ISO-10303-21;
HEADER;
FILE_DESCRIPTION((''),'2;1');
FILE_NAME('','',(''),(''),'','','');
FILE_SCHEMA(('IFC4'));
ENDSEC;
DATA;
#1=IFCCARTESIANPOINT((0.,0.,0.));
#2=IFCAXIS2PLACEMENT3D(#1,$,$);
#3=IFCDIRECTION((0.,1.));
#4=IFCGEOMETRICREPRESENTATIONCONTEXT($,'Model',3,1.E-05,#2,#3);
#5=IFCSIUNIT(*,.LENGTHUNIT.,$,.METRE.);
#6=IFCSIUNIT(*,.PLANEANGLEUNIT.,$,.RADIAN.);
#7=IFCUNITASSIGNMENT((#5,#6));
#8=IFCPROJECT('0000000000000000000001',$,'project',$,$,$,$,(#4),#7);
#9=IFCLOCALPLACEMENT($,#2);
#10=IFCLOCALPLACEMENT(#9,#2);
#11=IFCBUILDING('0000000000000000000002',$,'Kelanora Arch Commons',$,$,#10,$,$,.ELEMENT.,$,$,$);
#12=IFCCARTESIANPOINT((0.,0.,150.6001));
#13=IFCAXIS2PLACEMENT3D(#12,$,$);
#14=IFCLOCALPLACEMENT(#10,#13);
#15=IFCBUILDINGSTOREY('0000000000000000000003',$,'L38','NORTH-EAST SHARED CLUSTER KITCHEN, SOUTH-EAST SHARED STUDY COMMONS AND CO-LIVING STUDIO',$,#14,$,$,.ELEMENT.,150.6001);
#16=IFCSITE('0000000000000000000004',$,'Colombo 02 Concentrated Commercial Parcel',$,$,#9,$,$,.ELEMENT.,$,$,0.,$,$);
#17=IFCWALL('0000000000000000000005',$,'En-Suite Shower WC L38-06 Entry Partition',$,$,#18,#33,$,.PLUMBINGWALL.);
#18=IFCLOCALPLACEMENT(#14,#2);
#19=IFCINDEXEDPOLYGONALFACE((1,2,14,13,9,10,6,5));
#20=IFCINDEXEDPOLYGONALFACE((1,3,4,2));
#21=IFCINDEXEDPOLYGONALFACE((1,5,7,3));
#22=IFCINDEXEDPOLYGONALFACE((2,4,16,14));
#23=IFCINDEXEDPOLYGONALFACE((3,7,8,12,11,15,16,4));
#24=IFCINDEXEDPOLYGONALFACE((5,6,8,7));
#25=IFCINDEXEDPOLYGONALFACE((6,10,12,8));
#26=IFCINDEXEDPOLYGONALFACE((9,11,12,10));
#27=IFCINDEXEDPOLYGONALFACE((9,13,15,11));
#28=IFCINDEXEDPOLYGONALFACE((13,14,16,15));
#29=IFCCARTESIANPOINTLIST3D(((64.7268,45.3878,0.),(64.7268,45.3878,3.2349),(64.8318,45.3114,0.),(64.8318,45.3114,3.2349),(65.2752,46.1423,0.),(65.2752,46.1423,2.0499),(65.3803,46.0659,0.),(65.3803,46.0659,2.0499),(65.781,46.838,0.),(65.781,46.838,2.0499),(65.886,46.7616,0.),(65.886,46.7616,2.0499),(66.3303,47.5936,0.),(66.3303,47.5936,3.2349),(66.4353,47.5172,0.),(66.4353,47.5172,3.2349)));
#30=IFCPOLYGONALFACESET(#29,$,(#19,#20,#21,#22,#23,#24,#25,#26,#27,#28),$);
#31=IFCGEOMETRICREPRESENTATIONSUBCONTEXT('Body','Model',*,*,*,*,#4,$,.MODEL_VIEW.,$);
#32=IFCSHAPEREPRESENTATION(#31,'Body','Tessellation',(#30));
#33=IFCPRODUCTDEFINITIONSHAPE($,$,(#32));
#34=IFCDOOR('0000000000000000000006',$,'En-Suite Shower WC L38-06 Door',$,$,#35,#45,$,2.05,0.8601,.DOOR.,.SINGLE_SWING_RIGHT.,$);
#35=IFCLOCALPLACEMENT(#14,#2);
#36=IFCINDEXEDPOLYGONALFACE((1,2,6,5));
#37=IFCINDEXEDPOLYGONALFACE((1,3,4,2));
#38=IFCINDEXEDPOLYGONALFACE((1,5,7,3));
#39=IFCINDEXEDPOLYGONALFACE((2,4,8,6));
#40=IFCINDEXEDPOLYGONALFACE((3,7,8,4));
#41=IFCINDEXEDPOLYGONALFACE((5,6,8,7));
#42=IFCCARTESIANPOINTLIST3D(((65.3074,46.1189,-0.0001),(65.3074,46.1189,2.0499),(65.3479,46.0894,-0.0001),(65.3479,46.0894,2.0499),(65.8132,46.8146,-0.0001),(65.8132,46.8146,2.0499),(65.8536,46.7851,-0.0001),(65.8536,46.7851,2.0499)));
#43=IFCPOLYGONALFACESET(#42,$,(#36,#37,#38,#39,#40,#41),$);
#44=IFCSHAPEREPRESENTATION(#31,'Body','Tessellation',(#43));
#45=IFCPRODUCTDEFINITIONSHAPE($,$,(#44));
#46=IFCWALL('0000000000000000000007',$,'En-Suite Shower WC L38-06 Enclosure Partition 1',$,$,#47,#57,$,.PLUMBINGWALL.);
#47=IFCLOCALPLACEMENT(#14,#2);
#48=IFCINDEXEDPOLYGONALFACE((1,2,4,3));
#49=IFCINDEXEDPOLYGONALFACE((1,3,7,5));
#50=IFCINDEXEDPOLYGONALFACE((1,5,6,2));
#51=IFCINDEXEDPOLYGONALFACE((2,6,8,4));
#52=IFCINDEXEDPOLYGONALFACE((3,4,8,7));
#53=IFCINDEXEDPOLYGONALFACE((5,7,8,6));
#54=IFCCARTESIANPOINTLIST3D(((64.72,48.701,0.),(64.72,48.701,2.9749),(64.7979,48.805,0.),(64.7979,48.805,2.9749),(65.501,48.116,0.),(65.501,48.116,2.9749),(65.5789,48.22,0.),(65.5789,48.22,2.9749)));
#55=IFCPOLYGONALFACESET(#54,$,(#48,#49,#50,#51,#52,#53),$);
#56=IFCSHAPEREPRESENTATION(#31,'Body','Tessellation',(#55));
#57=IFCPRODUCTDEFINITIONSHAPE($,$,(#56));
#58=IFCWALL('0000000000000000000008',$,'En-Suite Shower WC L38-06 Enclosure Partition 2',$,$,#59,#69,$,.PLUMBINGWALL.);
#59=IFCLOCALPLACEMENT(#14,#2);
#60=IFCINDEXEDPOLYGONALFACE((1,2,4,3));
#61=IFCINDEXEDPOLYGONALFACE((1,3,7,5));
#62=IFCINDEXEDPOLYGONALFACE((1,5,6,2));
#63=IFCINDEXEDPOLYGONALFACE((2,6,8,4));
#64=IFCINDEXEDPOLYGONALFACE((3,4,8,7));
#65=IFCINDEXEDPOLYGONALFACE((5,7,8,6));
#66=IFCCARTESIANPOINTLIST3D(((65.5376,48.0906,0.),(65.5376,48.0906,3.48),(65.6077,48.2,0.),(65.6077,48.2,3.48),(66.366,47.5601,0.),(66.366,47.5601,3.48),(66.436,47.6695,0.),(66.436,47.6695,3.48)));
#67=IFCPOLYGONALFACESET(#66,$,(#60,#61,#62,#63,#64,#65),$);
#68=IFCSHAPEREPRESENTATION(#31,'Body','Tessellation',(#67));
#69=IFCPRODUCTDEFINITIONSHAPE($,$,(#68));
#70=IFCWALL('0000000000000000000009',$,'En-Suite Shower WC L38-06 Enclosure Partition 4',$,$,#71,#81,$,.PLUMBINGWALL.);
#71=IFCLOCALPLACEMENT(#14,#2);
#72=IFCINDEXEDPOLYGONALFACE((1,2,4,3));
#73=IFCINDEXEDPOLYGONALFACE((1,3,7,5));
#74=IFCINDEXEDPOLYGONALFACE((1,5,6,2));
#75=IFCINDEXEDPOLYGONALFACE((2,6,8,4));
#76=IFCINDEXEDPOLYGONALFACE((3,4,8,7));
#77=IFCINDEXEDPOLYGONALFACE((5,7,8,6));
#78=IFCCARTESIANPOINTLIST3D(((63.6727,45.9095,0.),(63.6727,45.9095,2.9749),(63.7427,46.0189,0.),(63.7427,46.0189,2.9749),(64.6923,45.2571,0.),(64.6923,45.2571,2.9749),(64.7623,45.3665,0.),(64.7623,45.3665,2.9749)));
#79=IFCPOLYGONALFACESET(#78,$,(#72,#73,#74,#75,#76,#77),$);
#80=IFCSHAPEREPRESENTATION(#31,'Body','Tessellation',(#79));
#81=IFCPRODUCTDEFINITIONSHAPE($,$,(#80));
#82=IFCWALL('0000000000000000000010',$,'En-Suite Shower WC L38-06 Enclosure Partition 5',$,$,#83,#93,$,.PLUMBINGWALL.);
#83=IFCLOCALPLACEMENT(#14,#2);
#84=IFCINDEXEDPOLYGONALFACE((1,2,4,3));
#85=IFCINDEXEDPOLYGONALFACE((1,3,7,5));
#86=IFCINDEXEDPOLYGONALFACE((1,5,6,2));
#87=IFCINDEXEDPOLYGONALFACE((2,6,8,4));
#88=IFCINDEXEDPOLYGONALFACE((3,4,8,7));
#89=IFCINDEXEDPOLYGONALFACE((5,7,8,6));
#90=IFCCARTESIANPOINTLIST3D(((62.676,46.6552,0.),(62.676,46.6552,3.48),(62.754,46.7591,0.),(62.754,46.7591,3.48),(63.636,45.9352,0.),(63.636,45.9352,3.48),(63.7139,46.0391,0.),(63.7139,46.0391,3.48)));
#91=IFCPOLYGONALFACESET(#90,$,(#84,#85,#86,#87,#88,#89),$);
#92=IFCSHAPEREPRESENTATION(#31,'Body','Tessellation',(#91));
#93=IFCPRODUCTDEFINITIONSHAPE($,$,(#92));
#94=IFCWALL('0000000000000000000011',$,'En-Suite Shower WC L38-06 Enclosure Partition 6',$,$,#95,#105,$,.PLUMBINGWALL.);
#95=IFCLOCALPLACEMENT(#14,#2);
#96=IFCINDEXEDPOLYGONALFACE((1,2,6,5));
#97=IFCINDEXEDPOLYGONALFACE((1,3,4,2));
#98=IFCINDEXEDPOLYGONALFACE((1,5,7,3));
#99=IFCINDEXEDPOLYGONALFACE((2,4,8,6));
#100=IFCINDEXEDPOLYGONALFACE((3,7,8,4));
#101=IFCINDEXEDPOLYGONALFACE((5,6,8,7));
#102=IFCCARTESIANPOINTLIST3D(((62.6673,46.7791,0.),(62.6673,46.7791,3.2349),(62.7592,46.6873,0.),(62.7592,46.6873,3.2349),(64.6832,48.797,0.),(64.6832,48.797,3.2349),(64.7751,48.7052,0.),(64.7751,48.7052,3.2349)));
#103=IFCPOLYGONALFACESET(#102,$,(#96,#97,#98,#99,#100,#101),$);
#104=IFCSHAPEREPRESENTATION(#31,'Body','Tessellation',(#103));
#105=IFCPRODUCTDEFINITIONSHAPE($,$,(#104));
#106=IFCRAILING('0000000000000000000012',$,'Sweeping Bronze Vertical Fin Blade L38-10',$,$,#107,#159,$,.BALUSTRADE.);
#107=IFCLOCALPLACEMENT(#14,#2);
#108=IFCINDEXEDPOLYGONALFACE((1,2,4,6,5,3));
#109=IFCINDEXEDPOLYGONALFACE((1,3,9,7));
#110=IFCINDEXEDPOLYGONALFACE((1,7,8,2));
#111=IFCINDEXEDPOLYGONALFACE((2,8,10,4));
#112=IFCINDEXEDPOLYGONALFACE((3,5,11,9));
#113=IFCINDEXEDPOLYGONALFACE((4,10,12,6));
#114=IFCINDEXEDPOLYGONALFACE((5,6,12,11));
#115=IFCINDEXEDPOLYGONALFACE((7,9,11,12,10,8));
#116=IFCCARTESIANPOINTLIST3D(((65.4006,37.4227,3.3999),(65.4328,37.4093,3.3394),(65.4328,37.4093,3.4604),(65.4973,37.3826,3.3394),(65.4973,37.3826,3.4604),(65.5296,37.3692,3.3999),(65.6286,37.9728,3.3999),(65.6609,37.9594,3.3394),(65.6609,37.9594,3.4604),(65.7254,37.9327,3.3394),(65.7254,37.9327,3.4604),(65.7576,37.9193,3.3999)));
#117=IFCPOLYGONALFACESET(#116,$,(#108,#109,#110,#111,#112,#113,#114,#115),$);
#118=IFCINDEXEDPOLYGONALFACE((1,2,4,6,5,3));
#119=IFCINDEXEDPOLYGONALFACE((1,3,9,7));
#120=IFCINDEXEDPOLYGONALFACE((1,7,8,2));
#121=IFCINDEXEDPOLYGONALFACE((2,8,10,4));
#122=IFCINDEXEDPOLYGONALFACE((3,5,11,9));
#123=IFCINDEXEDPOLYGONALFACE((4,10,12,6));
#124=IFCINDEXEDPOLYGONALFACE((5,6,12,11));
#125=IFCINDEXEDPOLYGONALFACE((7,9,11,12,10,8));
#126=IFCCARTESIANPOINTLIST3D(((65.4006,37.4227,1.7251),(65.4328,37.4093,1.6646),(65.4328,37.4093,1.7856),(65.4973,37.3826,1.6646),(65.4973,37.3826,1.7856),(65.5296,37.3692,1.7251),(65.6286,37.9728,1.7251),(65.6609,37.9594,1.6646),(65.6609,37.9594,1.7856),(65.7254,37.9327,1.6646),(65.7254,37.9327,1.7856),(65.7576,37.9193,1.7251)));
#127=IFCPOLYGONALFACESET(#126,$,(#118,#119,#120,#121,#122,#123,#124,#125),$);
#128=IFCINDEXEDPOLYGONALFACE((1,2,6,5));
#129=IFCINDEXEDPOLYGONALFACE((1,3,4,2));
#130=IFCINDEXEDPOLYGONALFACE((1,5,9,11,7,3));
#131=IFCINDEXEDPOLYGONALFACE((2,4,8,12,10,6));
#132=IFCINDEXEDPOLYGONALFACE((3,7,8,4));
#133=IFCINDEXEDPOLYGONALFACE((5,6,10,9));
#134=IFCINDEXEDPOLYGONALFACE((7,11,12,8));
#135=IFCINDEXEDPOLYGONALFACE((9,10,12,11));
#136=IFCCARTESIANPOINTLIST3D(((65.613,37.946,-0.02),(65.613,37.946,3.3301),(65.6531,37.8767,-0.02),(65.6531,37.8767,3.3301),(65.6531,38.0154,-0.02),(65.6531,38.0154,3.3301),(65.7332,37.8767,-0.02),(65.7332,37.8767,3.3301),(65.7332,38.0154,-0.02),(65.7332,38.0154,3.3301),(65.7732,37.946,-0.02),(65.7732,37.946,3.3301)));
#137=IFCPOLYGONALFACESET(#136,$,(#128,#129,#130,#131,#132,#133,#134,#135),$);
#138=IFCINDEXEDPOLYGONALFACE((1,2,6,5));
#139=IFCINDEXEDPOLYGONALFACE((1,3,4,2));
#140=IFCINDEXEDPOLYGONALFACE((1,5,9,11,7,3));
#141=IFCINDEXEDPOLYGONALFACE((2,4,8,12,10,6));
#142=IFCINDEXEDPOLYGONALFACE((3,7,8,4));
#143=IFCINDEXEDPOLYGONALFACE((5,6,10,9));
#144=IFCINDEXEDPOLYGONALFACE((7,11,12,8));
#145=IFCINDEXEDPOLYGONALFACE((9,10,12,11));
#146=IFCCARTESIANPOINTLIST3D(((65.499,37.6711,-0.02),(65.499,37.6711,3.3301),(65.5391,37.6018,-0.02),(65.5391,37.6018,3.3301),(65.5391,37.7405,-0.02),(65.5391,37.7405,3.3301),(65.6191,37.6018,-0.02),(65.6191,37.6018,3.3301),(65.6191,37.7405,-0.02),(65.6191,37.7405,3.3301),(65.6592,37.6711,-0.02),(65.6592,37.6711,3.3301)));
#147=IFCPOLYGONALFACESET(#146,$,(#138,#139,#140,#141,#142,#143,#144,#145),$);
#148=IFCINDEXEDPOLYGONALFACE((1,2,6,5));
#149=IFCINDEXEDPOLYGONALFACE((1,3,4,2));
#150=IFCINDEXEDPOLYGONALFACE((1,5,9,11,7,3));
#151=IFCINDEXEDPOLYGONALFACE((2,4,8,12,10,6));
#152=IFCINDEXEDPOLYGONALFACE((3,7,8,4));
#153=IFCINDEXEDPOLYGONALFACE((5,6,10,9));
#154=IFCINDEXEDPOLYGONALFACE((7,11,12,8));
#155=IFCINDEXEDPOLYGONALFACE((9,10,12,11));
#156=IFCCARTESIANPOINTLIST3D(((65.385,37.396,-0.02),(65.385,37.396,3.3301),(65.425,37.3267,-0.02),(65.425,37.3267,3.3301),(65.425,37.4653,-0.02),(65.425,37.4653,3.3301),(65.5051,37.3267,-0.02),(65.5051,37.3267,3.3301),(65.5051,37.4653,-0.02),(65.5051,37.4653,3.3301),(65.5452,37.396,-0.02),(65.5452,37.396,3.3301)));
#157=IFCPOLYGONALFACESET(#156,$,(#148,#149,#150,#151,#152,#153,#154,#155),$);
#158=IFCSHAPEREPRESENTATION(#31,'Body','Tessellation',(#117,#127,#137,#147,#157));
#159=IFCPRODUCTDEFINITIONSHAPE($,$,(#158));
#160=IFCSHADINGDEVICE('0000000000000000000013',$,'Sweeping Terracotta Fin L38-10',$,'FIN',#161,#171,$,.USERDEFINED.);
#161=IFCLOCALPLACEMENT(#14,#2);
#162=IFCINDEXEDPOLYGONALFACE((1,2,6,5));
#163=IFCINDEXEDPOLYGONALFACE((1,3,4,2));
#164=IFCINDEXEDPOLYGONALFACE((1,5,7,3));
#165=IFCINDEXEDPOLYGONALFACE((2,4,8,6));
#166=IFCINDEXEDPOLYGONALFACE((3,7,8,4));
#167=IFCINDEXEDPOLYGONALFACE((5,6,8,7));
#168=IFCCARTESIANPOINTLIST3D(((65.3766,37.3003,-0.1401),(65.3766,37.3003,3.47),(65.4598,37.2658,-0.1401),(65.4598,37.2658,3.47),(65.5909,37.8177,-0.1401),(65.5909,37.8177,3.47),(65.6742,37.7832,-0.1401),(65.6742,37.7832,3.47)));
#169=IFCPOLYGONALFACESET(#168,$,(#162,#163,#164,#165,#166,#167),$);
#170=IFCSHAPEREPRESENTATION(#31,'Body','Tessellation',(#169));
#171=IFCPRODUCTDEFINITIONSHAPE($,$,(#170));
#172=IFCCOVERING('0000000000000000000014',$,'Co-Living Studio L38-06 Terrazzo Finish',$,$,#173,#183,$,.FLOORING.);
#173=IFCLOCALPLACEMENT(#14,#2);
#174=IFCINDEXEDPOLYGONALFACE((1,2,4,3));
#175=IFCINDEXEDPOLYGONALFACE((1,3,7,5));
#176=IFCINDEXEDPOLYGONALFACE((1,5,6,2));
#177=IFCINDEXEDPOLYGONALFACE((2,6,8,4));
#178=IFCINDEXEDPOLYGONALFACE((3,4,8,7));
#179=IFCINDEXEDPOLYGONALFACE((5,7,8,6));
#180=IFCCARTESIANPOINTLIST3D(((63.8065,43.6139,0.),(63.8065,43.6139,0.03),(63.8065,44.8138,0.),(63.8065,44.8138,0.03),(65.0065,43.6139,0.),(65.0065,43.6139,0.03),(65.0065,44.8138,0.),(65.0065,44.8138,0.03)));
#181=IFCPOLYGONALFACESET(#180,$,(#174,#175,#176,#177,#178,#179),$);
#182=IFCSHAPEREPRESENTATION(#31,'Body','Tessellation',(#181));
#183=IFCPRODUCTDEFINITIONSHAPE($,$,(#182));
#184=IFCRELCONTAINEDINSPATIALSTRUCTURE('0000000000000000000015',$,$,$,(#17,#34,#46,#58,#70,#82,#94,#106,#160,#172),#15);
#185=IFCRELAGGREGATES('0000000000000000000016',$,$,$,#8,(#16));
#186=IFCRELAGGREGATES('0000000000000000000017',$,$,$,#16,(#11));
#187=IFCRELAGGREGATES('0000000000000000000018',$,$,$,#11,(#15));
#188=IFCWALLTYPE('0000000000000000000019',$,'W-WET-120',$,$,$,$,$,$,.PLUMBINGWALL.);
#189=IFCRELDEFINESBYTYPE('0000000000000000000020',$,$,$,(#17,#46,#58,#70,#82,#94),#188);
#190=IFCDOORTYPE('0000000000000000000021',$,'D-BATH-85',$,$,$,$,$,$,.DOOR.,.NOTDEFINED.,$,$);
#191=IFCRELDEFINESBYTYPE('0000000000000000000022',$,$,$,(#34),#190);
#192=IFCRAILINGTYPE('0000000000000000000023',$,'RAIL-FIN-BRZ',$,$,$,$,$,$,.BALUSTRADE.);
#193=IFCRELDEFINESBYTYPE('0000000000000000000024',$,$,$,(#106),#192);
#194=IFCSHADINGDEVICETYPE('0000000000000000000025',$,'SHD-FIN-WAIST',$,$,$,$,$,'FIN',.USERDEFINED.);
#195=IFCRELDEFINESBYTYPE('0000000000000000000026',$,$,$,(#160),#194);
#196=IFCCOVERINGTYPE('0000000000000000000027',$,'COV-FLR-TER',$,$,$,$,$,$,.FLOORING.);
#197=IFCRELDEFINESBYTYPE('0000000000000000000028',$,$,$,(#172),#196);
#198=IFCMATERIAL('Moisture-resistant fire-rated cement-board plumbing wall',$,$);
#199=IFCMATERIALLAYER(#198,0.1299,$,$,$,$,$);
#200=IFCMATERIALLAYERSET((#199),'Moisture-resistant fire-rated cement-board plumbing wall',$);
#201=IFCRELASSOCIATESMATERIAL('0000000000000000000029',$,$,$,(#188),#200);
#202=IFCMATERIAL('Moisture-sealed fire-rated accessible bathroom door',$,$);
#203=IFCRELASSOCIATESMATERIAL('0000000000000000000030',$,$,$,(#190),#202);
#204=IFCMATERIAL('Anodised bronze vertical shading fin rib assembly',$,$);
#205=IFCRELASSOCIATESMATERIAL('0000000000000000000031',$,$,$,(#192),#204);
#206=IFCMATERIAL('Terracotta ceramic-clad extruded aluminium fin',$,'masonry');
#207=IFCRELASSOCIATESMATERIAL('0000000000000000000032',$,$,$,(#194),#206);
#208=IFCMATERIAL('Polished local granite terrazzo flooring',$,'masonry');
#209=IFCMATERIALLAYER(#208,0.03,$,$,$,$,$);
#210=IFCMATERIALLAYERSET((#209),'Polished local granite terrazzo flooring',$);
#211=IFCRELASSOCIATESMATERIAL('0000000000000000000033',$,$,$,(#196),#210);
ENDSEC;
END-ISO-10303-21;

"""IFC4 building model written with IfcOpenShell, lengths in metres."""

from ifc_helpers import new_model, si_unit, direction, frame, frame_2d, origin, origin_2d, place, context, subcontext, project, spatial, polyline, rectangle, outline, extrude, source, transform, mapped, material, layer, layer_set, type_object, element, fill, save


model = new_model("IFC4")

# Units and contexts
model_context = context("Model", 3, precision=1e-05, world=origin(), true_north=direction((0.0, 1.0)))
body_context = subcontext(model_context, "Body", "Model", "MODEL_VIEW")
ifc_project = project(units=[si_unit("LENGTHUNIT", "METRE"), si_unit("PLANEANGLEUNIT", "RADIAN")], contexts=[model_context])

# Site, building, storey
site_placement = place(None, origin())
site = spatial("IfcSite", under=ifc_project, at=site_placement, Name="Colombo 02 Concentrated Commercial Parcel", CompositionType="ELEMENT", RefElevation=0.0)
building_placement = place(site_placement, origin())
building = spatial("IfcBuilding", under=site, at=building_placement, Name="Kelanora Arch Commons", CompositionType="ELEMENT")
storey_placement = place(building_placement, frame((0.0, 0.0, 150.6001)))
storey = spatial("IfcBuildingStorey", under=building, at=storey_placement, Name="L38", Description="NORTH-EAST SHARED CLUSTER KITCHEN, SOUTH-EAST SHARED STUDY COMMONS AND CO-LIVING STUDIO", CompositionType="ELEMENT", Elevation=150.6001)

# Wall, opening, door
ifc_material_1 = material(Name="Moisture-resistant fire-rated cement-board plumbing wall")
ifc_layer_1 = layer(ifc_material_1, 0.1299)
ifc_layer_set_1 = layer_set([ifc_layer_1], Name="Moisture-resistant fire-rated cement-board plumbing wall")
wall_type_1 = type_object("IfcWallType", Name="W-WET-120", PredefinedType="PLUMBINGWALL", material=ifc_layer_set_1)
wall_1_placement = place(storey_placement, frame((66.3828, 47.5554, 0.0), z_axis=(0.0, 0.0, 1.0), x_axis=(-0.588001, -0.80886, 0.0)))
wall_1 = element("IfcWall", 1, at=wall_1_placement, inside=storey, type_object=wall_type_1, Name="En-Suite Shower WC L38-06 Entry Partition", PredefinedType="PLUMBINGWALL", context=body_context, shape_type="SweptSolid", body=[
    extrude(rectangle(XDim=2.7271, YDim=0.1299, at=frame_2d((1.3635, 0.0))), origin(), (0.0, 0.0, 1.0), 3.2349),
])
opening_1_placement = place(wall_1_placement, frame((0.9341, 0.0, 0.0)))
opening_1 = element("IfcOpeningElement", 2, at=opening_1_placement, cuts=wall_1, PredefinedType="OPENING", context=body_context, shape_type="SweptSolid", body=[
    extrude(rectangle(XDim=0.8601, YDim=2.05, at=frame_2d((0.4302, 1.0249))), frame((0.0, 0.075, 0.0), z_axis=(0.0, -1.0, 0.0), x_axis=(1.0, 0.0, 0.0)), (0.0, 0.0, 1.0), 0.1499),
])
ifc_material_2 = material(Name="Moisture-sealed fire-rated accessible bathroom door")
door_type_1 = type_object("IfcDoorType", Name="D-BATH-85", OperationType="NOTDEFINED", PredefinedType="DOOR", material=ifc_material_2)
door_1_placement = place(opening_1_placement, origin())
door_1 = element("IfcDoor", 3, at=door_1_placement, inside=storey, type_object=door_type_1, Name="En-Suite Shower WC L38-06 Door", OperationType="SINGLE_SWING_RIGHT", OverallHeight=2.05, OverallWidth=0.8601, PredefinedType="DOOR", context=body_context, shape_type="SweptSolid", body=[
    extrude(rectangle(XDim=0.8601, YDim=2.05, at=frame_2d((0.4302, 1.0249))), frame((0.0, 0.0249, 0.0), z_axis=(0.0, -1.0, 0.0), x_axis=(1.0, 0.0, 0.0)), (0.0, 0.0, 1.0), 0.05),
])
fill(opening_1, door_1)

# Walls
wall_2_placement = place(storey_placement, frame((64.759, 48.7529, 0.0), z_axis=(0.0, 0.0, 1.0), x_axis=(0.80039, -0.599479, 0.0)))
element("IfcWall", 4, at=wall_2_placement, inside=storey, type_object=wall_type_1, Name="En-Suite Shower WC L38-06 Enclosure Partition 1", PredefinedType="PLUMBINGWALL", context=body_context, shape_type="SweptSolid", body=[
    extrude(rectangle(XDim=0.9758, YDim=0.1299, at=frame_2d((0.4878, 0.0))), origin(), (0.0, 0.0, 1.0), 2.9749),
])
wall_3_placement = place(storey_placement, frame((65.5728, 48.1453, 0.0), z_axis=(0.0, 0.0, 1.0), x_axis=(0.842105, -0.539314, 0.0)))
element("IfcWall", 5, at=wall_3_placement, inside=storey, type_object=wall_type_1, Name="En-Suite Shower WC L38-06 Enclosure Partition 2", PredefinedType="PLUMBINGWALL", context=body_context, shape_type="SweptSolid", body=[
    extrude(rectangle(XDim=0.9836, YDim=0.1299, at=frame_2d((0.4917, 0.0))), origin(), (0.0, 0.0, 1.0), 3.48),
])
wall_4_placement = place(storey_placement, frame((64.7273, 45.3118, 0.0), z_axis=(0.0, 0.0, 1.0), x_axis=(-0.84233, 0.538962, 0.0)))
element("IfcWall", 6, at=wall_4_placement, inside=storey, type_object=wall_type_1, Name="En-Suite Shower WC L38-06 Enclosure Partition 4", PredefinedType="PLUMBINGWALL", context=body_context, shape_type="SweptSolid", body=[
    extrude(rectangle(XDim=1.2104, YDim=0.1299, at=frame_2d((0.6052, 0.0))), origin(), (0.0, 0.0, 1.0), 2.9749),
])
wall_5_placement = place(storey_placement, frame((63.675, 45.9871, 0.0), z_axis=(0.0, 0.0, 1.0), x_axis=(-0.8, 0.6, 0.0)))
element("IfcWall", 7, at=wall_5_placement, inside=storey, type_object=wall_type_1, Name="En-Suite Shower WC L38-06 Enclosure Partition 5", PredefinedType="PLUMBINGWALL", context=body_context, shape_type="SweptSolid", body=[
    extrude(rectangle(XDim=1.2, YDim=0.1299, at=frame_2d((0.6001, 0.0))), origin(), (0.0, 0.0, 1.0), 3.48),
])
wall_6_placement = place(storey_placement, frame((62.7131, 46.7332, 0.0), z_axis=(0.0, 0.0, 1.0), x_axis=(0.706764, 0.707449, 0.0)))
element("IfcWall", 8, at=wall_6_placement, inside=storey, type_object=wall_type_1, Name="En-Suite Shower WC L38-06 Enclosure Partition 6", PredefinedType="PLUMBINGWALL", context=body_context, shape_type="SweptSolid", body=[
    extrude(rectangle(XDim=2.8523, YDim=0.1299, at=frame_2d((1.4263, 0.0))), origin(), (0.0, 0.0, 1.0), 3.2349),
])

# Railing
ifc_material_3 = material(Name="Anodised bronze vertical shading fin rib assembly")
railing_type = type_object("IfcRailingType", Name="RAIL-FIN-BRZ", PredefinedType="BALUSTRADE", material=ifc_material_3)
railing_placement = place(storey_placement, frame((65.6931, 37.946, -0.02)))
element("IfcRailing", 9, at=railing_placement, inside=storey, type_object=railing_type, Name="Sweeping Bronze Vertical Fin Blade L38-10", PredefinedType="BALUSTRADE", context=body_context, shape_type="SweptSolid", body=[
    extrude(outline(polyline([(0.0698, 0.0), (0.0349, 0.0605), (-0.0349, 0.0605), (-0.0698, 0.0), (-0.0349, -0.0605), (0.0349, -0.0605), (0.0698, 0.0)])), frame((0.0, 0.0, 3.4199), z_axis=(-0.382955, -0.923767, 0.0), x_axis=(0.923767, -0.382955, 0.0)), (0.0, 0.0, 1.0), 0.5955),
    extrude(outline(polyline([(0.0698, 0.0), (0.0349, 0.0605), (-0.0349, 0.0605), (-0.0698, 0.0), (-0.0349, -0.0605), (0.0349, -0.0605), (0.0698, 0.0)])), frame((0.0, 0.0, 1.7451), z_axis=(-0.382955, -0.923767, 0.0), x_axis=(0.923767, -0.382955, 0.0)), (0.0, 0.0, 1.0), 0.5955),
    extrude(outline(polyline([(0.0801, 0.0), (0.04, 0.0693), (-0.04, 0.0693), (-0.0801, 0.0), (-0.04, -0.0693), (0.04, -0.0693), (0.0801, 0.0)])), origin(), (0.0, 0.0, 1.0), 3.3501),
    extrude(outline(polyline([(0.0801, 0.0), (0.04, 0.0693), (-0.04, 0.0693), (-0.0801, 0.0), (-0.04, -0.0693), (0.04, -0.0693), (0.0801, 0.0)])), frame((-0.114, -0.2749, 0.0)), (0.0, 0.0, 1.0), 3.3501),
    extrude(outline(polyline([(0.0801, 0.0), (0.04, 0.0693), (-0.04, 0.0693), (-0.0801, 0.0), (-0.04, -0.0693), (0.04, -0.0693), (0.0801, 0.0)])), frame((-0.228, -0.55, 0.0)), (0.0, 0.0, 1.0), 3.3501),
])

# Shading device
ifc_material_4 = material(Name="Terracotta ceramic-clad extruded aluminium fin", Category="masonry")
shading_device_type = type_object("IfcShadingDeviceType", Name="SHD-FIN-WAIST", ElementType="FIN", PredefinedType="USERDEFINED", material=ifc_material_4)
shared_shape_1 = source(origin(), body_context, "Body", "SweptSolid", [
    extrude(rectangle(XDim=0.5601, YDim=0.0901, at=origin_2d()), origin(), (0.0, 0.0, 1.0), 3.6101),
])
shading_device_placement = place(storey_placement, frame((65.5254, 37.5417, -0.1401), z_axis=(0.0, 0.0, 1.0), x_axis=(-0.382683, -0.92388, 0.0)))
element("IfcShadingDevice", 10, at=shading_device_placement, inside=storey, type_object=shading_device_type, Name="Sweeping Terracotta Fin L38-10", ObjectType="FIN", PredefinedType="USERDEFINED", context=body_context, shape_type="MappedRepresentation", body=[
    mapped(shared_shape_1, transform((0.0, 0.0, 0.0), scale=1.0)),
])

# Covering
ifc_material_5 = material(Name="Polished local granite terrazzo flooring", Category="masonry")
ifc_layer_2 = layer(ifc_material_5, 0.03)
ifc_layer_set_2 = layer_set([ifc_layer_2], Name="Polished local granite terrazzo flooring")
covering_type = type_object("IfcCoveringType", Name="COV-FLR-TER", PredefinedType="FLOORING", material=ifc_layer_set_2)
shared_shape_2 = source(origin(), body_context, "Body", "SweptSolid", [
    extrude(rectangle(XDim=1.2, YDim=1.2, at=origin_2d()), origin(), (0.0, 0.0, 1.0), 0.03),
])
covering_placement = place(storey_placement, frame((64.4065, 44.2139, 0.0), z_axis=(0.0, 0.0, 1.0), x_axis=(1.0, 0.0, 0.0)))
element("IfcCovering", 11, at=covering_placement, inside=storey, type_object=covering_type, Name="Co-Living Studio L38-06 Terrazzo Finish", PredefinedType="FLOORING", context=body_context, shape_type="MappedRepresentation", body=[
    mapped(shared_shape_2, transform((0.0, 0.0, 0.0), scale=1.0)),
])

save(model, "model.ifc")
